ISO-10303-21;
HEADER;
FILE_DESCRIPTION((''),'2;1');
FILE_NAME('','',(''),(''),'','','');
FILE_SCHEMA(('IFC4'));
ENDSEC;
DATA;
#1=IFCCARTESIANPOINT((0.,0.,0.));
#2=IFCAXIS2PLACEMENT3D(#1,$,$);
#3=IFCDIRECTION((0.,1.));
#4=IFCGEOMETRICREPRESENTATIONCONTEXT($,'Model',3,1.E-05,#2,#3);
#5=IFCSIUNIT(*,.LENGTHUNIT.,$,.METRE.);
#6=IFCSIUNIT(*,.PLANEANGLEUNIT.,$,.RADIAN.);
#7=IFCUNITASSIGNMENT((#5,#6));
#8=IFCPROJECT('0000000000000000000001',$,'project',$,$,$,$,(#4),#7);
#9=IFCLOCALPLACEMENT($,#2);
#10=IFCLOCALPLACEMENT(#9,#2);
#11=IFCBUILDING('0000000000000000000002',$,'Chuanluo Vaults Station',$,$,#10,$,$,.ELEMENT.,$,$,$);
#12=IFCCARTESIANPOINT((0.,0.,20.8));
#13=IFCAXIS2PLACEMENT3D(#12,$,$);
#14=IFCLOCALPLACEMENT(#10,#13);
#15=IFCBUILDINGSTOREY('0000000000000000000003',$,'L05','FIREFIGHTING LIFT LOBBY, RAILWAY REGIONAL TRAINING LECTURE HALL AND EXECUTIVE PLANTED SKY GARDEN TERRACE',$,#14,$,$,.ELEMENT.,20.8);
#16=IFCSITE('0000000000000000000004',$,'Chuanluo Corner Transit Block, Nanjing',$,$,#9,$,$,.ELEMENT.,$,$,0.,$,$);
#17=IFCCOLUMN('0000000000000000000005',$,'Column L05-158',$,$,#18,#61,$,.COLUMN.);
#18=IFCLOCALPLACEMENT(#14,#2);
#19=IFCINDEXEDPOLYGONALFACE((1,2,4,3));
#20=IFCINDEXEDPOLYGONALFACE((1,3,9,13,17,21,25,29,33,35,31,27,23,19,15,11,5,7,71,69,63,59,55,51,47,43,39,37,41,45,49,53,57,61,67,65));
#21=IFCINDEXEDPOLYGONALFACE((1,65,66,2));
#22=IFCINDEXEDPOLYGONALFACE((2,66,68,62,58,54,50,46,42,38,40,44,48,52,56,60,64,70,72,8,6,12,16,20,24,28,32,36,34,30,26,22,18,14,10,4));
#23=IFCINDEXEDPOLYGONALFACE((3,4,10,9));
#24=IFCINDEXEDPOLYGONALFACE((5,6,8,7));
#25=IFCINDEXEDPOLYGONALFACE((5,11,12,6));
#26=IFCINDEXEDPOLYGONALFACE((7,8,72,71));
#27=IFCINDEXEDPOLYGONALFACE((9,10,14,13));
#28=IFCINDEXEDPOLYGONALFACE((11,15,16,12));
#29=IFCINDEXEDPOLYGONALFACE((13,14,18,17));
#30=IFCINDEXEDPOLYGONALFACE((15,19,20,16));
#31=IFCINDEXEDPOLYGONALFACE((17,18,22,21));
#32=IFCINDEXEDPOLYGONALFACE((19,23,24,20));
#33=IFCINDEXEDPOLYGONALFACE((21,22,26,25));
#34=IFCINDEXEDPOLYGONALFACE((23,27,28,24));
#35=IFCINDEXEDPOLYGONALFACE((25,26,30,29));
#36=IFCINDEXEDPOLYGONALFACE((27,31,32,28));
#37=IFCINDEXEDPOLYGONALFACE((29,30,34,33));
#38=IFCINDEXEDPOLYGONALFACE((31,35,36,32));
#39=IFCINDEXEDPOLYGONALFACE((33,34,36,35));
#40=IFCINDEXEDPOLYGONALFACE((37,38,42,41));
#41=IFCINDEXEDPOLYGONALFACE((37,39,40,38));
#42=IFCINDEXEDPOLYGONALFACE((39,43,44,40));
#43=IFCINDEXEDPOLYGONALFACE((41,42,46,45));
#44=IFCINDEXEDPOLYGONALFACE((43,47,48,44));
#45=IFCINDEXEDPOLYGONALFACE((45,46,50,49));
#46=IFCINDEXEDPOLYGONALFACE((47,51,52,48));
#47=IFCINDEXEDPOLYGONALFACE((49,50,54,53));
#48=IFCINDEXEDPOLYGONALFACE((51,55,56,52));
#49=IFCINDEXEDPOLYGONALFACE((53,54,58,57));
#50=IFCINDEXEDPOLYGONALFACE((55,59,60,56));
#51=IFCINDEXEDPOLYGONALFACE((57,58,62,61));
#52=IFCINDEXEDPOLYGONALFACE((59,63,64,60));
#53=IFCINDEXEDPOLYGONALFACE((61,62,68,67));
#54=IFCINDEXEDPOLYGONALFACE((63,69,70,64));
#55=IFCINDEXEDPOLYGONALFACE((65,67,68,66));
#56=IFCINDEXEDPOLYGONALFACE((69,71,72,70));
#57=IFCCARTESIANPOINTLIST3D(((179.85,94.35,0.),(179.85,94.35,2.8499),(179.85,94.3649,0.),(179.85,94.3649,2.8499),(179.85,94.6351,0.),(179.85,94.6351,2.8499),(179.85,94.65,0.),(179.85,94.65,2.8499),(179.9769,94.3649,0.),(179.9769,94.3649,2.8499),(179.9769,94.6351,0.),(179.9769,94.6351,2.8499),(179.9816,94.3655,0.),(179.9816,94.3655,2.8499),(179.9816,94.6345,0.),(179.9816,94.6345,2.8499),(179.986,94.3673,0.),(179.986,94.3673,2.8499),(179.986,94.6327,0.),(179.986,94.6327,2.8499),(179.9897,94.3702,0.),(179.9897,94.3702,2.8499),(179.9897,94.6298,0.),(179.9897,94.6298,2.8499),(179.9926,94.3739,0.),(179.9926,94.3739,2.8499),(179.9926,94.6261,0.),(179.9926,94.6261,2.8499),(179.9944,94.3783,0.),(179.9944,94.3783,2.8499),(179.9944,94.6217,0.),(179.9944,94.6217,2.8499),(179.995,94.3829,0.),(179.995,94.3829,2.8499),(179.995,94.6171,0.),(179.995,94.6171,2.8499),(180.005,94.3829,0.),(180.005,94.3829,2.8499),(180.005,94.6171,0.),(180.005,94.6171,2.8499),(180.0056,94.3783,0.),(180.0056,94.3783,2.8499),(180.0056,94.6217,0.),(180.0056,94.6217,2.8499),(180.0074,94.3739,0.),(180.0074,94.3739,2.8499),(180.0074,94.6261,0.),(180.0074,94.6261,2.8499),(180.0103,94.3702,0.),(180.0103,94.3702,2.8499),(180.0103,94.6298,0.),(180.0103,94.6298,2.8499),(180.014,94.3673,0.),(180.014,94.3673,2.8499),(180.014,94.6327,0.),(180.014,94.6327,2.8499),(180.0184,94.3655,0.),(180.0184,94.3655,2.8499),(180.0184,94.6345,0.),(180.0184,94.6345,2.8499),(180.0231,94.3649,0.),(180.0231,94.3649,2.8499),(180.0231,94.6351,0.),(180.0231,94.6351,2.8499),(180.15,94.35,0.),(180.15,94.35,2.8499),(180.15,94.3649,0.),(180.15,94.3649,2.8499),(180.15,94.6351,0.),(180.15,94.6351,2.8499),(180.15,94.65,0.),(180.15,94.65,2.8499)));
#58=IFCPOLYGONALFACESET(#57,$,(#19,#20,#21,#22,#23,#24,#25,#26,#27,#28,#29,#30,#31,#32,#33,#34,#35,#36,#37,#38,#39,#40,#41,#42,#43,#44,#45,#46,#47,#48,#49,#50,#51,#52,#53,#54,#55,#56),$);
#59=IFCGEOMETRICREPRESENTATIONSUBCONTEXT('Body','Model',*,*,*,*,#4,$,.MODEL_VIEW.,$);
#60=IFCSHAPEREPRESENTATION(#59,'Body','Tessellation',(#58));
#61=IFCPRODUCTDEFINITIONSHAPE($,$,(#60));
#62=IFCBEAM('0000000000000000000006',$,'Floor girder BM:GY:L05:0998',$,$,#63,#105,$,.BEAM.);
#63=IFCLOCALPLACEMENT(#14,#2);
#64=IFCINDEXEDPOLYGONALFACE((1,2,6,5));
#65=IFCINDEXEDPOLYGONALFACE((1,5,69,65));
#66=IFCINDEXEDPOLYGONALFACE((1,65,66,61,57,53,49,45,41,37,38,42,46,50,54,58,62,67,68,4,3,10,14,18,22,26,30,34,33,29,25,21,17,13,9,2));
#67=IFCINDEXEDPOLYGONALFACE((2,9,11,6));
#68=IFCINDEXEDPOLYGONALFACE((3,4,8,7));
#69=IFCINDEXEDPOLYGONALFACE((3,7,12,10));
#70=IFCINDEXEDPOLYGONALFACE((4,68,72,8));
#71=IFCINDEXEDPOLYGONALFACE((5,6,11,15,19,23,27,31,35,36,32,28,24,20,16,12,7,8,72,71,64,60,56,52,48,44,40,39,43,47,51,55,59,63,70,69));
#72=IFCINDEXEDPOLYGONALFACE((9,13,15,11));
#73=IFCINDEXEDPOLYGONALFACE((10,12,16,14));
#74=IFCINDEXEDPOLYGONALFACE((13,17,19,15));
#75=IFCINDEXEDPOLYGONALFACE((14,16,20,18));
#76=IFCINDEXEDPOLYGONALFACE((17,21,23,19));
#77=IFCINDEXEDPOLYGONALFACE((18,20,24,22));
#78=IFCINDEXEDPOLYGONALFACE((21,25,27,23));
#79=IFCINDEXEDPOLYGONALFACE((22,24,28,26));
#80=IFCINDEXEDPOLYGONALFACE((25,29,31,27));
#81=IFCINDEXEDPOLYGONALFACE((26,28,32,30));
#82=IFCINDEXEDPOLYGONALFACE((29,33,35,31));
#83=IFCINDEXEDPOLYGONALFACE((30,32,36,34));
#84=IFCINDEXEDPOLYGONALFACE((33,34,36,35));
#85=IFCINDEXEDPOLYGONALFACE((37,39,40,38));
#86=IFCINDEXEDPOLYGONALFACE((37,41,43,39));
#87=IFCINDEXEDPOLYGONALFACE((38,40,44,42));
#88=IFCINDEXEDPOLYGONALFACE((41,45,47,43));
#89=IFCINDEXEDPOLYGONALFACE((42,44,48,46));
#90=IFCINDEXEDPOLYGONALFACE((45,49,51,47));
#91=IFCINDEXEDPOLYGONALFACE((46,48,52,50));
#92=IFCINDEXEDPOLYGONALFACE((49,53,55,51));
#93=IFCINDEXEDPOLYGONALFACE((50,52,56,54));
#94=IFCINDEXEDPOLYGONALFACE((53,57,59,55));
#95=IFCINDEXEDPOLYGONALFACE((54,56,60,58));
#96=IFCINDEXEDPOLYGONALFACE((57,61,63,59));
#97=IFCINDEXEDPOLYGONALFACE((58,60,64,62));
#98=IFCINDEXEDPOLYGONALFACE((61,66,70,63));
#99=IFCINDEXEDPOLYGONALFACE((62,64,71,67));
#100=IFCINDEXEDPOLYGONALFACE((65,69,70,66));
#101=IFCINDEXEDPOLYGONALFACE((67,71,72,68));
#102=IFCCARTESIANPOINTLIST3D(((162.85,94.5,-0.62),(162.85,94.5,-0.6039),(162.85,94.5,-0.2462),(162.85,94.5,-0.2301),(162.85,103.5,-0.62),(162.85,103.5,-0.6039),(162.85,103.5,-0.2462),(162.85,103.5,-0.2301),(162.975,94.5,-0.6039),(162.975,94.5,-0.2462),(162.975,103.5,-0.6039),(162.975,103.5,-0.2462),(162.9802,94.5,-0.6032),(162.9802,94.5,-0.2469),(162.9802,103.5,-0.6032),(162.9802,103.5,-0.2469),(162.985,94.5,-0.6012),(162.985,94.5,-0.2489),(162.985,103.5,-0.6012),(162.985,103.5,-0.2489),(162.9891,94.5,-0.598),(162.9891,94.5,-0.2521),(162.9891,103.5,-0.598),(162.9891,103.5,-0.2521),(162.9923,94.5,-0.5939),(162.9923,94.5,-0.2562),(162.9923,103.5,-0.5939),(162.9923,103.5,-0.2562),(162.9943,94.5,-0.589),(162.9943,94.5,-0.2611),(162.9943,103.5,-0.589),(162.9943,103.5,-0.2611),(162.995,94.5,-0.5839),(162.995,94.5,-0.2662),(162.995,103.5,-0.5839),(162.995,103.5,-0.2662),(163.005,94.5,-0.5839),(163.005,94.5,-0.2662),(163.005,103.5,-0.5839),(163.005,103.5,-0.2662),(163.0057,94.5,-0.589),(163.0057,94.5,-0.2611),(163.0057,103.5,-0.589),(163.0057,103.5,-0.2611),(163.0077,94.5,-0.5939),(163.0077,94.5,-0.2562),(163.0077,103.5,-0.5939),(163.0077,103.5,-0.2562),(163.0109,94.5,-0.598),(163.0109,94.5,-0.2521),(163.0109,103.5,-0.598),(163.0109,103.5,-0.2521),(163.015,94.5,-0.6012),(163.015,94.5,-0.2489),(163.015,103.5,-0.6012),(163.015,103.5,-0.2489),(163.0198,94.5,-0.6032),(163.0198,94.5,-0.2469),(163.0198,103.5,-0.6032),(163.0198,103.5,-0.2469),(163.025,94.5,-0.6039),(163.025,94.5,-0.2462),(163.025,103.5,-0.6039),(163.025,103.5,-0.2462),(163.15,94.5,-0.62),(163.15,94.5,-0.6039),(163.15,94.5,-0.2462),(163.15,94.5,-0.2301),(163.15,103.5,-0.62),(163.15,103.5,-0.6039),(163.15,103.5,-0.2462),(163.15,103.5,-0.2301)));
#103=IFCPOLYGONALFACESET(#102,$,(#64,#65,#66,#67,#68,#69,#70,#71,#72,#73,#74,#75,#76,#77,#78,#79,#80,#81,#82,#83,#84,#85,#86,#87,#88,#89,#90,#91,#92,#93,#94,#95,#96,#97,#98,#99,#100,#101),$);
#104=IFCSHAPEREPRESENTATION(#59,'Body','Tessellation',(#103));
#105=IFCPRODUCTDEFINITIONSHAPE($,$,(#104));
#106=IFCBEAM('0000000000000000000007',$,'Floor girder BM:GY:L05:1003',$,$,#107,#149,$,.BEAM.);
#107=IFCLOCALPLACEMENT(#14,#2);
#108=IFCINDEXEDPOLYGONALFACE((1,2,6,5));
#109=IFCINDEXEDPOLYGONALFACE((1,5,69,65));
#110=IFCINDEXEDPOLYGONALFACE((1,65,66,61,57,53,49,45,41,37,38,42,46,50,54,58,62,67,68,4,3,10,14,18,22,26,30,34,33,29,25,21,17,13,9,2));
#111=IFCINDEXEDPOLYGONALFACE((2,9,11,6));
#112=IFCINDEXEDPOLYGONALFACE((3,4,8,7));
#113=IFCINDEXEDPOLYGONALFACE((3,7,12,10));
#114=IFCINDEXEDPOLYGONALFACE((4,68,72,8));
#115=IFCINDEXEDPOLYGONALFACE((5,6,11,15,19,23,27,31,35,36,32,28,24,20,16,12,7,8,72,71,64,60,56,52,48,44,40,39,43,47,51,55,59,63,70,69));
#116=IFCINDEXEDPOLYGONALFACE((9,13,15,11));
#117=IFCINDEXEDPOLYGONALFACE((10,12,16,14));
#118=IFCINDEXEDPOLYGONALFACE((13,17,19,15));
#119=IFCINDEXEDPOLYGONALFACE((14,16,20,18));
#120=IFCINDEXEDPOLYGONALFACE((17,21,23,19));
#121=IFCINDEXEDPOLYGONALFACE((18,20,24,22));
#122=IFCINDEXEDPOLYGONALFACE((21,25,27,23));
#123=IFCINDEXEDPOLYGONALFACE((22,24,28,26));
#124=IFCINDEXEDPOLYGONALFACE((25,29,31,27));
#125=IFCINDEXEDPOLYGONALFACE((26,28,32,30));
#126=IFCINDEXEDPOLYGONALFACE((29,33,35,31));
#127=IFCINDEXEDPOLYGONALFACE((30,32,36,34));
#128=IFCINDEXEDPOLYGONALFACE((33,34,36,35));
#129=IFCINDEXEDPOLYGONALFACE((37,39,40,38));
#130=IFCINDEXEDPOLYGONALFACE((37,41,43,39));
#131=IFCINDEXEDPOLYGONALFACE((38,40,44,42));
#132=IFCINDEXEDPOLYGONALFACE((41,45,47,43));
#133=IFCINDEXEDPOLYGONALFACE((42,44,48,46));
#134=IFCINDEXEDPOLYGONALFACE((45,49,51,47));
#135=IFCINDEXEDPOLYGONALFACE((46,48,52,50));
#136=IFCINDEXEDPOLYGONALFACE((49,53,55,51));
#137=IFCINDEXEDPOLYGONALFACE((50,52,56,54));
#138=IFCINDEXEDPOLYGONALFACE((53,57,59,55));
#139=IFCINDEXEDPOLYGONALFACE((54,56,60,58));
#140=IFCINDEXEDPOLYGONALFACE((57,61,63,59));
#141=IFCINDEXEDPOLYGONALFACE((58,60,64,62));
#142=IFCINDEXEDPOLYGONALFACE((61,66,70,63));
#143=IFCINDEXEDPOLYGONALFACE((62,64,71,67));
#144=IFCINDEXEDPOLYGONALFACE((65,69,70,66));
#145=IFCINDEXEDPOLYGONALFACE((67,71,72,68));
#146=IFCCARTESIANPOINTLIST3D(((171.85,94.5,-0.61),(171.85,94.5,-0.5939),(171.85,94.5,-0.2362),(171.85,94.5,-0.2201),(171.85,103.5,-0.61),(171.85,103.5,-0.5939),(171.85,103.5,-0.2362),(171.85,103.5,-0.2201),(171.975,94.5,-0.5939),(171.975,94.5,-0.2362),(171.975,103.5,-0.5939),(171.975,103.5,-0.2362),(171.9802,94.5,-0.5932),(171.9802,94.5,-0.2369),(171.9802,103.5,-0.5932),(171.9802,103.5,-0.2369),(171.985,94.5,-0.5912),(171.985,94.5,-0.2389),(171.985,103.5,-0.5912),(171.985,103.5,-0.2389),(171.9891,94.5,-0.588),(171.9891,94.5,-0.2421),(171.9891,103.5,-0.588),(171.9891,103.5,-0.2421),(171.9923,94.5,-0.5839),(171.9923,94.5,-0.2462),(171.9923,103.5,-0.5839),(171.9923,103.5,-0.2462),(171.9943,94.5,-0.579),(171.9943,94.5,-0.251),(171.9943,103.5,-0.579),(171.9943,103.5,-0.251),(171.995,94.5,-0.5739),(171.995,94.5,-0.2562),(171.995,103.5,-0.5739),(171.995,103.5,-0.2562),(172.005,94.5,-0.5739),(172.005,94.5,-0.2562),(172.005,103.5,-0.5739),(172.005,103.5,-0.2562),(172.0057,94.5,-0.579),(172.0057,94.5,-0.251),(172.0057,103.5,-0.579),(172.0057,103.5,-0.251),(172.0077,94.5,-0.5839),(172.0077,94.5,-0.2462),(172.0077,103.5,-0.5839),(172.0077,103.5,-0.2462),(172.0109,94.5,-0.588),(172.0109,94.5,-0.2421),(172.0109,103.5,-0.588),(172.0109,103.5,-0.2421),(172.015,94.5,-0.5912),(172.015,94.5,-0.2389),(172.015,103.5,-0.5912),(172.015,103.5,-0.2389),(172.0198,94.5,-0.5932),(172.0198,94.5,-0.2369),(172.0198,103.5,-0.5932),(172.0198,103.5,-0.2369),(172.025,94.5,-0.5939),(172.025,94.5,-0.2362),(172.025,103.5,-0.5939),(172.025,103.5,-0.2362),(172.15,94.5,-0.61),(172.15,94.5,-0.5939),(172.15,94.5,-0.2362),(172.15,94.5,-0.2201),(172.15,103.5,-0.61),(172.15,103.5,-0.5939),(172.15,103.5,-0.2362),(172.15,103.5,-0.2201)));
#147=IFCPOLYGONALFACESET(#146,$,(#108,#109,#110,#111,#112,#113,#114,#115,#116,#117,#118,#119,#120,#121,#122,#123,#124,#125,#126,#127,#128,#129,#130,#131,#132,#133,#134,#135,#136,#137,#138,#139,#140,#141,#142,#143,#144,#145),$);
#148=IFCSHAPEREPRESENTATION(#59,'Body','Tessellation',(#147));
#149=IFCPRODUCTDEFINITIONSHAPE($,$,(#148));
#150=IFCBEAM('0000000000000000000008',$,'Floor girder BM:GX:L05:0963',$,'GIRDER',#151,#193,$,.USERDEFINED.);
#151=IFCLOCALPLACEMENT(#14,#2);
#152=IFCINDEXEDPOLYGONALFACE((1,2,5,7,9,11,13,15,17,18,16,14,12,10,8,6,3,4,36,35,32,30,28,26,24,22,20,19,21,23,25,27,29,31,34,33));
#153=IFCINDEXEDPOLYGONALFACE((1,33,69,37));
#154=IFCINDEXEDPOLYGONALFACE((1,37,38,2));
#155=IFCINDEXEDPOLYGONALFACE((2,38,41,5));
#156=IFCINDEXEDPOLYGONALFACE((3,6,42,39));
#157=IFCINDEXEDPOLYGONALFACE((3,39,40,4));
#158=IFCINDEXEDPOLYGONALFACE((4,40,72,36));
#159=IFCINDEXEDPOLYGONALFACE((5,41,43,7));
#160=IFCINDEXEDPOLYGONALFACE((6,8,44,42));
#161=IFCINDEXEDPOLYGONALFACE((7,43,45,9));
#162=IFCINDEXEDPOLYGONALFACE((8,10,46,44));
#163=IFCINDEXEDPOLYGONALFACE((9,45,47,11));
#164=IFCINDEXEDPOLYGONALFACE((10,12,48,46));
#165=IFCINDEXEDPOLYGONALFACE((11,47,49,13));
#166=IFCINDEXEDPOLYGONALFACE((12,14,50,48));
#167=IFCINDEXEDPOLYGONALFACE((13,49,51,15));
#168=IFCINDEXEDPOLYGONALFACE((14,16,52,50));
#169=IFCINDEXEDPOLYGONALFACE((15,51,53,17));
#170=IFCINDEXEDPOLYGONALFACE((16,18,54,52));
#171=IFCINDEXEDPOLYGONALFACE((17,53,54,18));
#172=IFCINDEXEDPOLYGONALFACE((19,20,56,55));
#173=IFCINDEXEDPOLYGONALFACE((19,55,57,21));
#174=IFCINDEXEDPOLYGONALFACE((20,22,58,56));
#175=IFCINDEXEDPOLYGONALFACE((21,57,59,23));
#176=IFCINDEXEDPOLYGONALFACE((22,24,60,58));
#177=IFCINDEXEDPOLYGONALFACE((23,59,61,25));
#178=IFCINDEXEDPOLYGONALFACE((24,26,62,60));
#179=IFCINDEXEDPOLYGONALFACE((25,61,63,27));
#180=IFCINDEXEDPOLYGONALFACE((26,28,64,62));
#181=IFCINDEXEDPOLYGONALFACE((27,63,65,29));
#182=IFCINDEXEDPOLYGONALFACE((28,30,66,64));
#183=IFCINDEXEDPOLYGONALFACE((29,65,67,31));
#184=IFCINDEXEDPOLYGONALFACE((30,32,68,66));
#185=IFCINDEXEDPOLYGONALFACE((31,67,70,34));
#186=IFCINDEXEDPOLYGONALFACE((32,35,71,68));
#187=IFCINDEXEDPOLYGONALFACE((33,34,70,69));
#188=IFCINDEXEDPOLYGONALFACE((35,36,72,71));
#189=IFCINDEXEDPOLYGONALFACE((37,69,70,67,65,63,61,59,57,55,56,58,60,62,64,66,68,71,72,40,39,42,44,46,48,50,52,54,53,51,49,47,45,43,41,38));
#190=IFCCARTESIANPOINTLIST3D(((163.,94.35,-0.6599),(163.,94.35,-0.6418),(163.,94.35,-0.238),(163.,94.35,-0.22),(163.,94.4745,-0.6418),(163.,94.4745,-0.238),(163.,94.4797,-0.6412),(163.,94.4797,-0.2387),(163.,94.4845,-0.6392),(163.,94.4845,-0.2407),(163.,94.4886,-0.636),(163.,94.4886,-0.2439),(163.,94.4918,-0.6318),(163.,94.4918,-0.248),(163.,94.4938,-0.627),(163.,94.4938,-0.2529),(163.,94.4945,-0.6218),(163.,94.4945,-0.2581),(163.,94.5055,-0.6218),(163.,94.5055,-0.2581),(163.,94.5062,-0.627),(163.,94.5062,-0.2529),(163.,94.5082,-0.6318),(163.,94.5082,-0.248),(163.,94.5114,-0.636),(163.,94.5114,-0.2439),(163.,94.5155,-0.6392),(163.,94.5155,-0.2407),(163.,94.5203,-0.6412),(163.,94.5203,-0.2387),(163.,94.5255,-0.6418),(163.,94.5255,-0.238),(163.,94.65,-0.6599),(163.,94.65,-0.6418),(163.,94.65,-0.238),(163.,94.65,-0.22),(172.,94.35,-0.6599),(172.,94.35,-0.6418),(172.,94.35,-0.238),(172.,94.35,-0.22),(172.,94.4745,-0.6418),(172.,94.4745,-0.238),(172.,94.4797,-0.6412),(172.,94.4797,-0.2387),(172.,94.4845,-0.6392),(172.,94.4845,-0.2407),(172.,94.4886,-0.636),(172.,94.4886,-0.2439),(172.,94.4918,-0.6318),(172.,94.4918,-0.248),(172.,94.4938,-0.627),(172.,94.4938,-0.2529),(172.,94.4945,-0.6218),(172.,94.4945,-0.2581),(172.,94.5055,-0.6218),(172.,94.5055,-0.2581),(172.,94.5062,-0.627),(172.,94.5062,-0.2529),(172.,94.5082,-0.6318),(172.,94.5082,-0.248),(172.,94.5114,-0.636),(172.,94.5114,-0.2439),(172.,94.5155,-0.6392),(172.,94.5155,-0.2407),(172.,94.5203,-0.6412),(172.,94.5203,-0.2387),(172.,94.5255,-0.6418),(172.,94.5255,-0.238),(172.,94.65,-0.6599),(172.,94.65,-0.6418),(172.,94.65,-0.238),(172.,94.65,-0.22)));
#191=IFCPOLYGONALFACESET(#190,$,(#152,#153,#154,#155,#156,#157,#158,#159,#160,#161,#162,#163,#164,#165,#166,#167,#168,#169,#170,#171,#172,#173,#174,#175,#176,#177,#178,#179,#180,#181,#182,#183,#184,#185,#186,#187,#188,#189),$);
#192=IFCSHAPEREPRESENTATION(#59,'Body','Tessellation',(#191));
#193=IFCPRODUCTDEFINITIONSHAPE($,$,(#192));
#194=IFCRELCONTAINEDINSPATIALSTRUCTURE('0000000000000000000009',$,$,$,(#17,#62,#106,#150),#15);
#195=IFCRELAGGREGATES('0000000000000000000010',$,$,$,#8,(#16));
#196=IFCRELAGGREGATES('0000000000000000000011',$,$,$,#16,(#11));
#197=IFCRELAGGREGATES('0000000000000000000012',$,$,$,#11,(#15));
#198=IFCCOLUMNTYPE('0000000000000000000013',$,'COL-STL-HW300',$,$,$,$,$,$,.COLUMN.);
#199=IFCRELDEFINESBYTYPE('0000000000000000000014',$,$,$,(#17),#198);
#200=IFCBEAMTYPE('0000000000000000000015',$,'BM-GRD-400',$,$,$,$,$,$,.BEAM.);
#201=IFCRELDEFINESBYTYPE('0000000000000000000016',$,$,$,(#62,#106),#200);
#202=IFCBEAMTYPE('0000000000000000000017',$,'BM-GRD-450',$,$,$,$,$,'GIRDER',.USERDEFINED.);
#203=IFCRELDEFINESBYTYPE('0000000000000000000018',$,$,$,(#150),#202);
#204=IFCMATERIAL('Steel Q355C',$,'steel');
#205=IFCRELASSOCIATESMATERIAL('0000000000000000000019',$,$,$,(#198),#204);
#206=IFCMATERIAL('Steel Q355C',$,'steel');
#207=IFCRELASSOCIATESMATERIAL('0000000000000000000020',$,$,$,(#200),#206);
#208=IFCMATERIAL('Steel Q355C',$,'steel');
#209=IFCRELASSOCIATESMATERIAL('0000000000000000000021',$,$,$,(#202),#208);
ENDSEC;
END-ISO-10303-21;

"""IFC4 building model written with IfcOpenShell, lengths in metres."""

from ifc_helpers import new_model, si_unit, direction, frame, origin, origin_2d, place, context, subcontext, project, spatial, i_section, extrude, material, material_profile, profile_set, type_object, element, save


model = new_model("IFC4")

# Units and contexts
model_context = context("Model", 3, precision=1e-05, world=origin(), true_north=direction((0.0, 1.0)))
body_context = subcontext(model_context, "Body", "Model", "MODEL_VIEW")
ifc_project = project(units=[si_unit("LENGTHUNIT", "METRE"), si_unit("PLANEANGLEUNIT", "RADIAN")], contexts=[model_context])

# Site, building, storey
site_placement = place(None, origin())
site = spatial("IfcSite", under=ifc_project, at=site_placement, Name="Chuanluo Corner Transit Block, Nanjing", CompositionType="ELEMENT", RefElevation=0.0)
building_placement = place(site_placement, origin())
building = spatial("IfcBuilding", under=site, at=building_placement, Name="Chuanluo Vaults Station", CompositionType="ELEMENT")
storey_placement = place(building_placement, frame((0.0, 0.0, 20.8)))
storey = spatial("IfcBuildingStorey", under=building, at=storey_placement, Name="L05", Description="FIREFIGHTING LIFT LOBBY, RAILWAY REGIONAL TRAINING LECTURE HALL AND EXECUTIVE PLANTED SKY GARDEN TERRACE", CompositionType="ELEMENT", Elevation=20.8)

# Column
ifc_material_1 = material(Name="Steel Q355C", Category="steel")
ifc_material_profile_1 = material_profile(ifc_material_1, i_section(OverallWidth=0.3, OverallDepth=0.3, WebThickness=0.01, FlangeThickness=0.0149, FilletRadius=0.0181, at=origin_2d()))
ifc_profile_set_1 = profile_set([ifc_material_profile_1], Name="Steel Q355C")
column_type = type_object("IfcColumnType", Name="COL-STL-HW300", PredefinedType="COLUMN", material=ifc_profile_set_1)
for number, where, z_axis, x_axis, name in (
    (1, (180.0, 94.5, 0.0), (0.0, 0.0, 1.0), (1.0, 0.0, 0.0), "Column L05-158"),
):
    element("IfcColumn", number, at=place(storey_placement, frame(where, z_axis=z_axis, x_axis=x_axis)), inside=storey, type_object=column_type, Name=name, PredefinedType="COLUMN", context=body_context, shape_type="SweptSolid", body=[
        extrude(i_section(OverallWidth=0.3, OverallDepth=0.3, WebThickness=0.01, FlangeThickness=0.0149, FilletRadius=0.0181, at=origin_2d()), origin(), (0.0, 0.0, 1.0), 2.8499),
    ])

# Beams
ifc_material_2 = material(Name="Steel Q355C", Category="steel")
ifc_material_profile_2 = material_profile(ifc_material_2, i_section(OverallWidth=0.3, OverallDepth=0.3899, WebThickness=0.01, FlangeThickness=0.0161, FilletRadius=0.02, at=origin_2d()))
ifc_profile_set_2 = profile_set([ifc_material_profile_2], Name="Steel Q355C")
beam_type_1 = type_object("IfcBeamType", Name="BM-GRD-400", PredefinedType="BEAM", material=ifc_profile_set_2)
for number, where, z_axis, x_axis, name in (
    (2, (163.0, 94.5, -0.425), (0.0, 1.0, 0.0), (-1.0, 0.0, 0.0), "Floor girder BM:GY:L05:0998"),
    (3, (172.0, 94.5, -0.415), (0.0, 1.0, 0.0), (-1.0, 0.0, 0.0), "Floor girder BM:GY:L05:1003"),
):
    element("IfcBeam", number, at=place(storey_placement, frame(where, z_axis=z_axis, x_axis=x_axis)), inside=storey, type_object=beam_type_1, Name=name, PredefinedType="BEAM", context=body_context, shape_type="SweptSolid", body=[
        extrude(i_section(OverallWidth=0.3, OverallDepth=0.3899, WebThickness=0.01, FlangeThickness=0.0161, FilletRadius=0.02, at=origin_2d()), origin(), (0.0, 0.0, 1.0), 9.0),
    ])
ifc_material_3 = material(Name="Steel Q355C", Category="steel")
ifc_material_profile_3 = material_profile(ifc_material_3, i_section(OverallWidth=0.3, OverallDepth=0.4399, WebThickness=0.011, FlangeThickness=0.0181, FilletRadius=0.02, at=origin_2d()))
ifc_profile_set_3 = profile_set([ifc_material_profile_3], Name="Steel Q355C")
beam_type_2 = type_object("IfcBeamType", Name="BM-GRD-450", ElementType="GIRDER", PredefinedType="USERDEFINED", material=ifc_profile_set_3)
for number, where, z_axis, x_axis, name in (
    (4, (163.0, 94.5, -0.4399), (1.0, 0.0, 0.0), (0.0, 1.0, 0.0), "Floor girder BM:GX:L05:0963"),
):
    element("IfcBeam", number, at=place(storey_placement, frame(where, z_axis=z_axis, x_axis=x_axis)), inside=storey, type_object=beam_type_2, Name=name, ObjectType="GIRDER", PredefinedType="USERDEFINED", context=body_context, shape_type="SweptSolid", body=[
        extrude(i_section(OverallWidth=0.3, OverallDepth=0.4399, WebThickness=0.011, FlangeThickness=0.0181, FilletRadius=0.02, at=origin_2d()), origin(), (0.0, 0.0, 1.0), 9.0),
    ])

save(model, "model.ifc")
